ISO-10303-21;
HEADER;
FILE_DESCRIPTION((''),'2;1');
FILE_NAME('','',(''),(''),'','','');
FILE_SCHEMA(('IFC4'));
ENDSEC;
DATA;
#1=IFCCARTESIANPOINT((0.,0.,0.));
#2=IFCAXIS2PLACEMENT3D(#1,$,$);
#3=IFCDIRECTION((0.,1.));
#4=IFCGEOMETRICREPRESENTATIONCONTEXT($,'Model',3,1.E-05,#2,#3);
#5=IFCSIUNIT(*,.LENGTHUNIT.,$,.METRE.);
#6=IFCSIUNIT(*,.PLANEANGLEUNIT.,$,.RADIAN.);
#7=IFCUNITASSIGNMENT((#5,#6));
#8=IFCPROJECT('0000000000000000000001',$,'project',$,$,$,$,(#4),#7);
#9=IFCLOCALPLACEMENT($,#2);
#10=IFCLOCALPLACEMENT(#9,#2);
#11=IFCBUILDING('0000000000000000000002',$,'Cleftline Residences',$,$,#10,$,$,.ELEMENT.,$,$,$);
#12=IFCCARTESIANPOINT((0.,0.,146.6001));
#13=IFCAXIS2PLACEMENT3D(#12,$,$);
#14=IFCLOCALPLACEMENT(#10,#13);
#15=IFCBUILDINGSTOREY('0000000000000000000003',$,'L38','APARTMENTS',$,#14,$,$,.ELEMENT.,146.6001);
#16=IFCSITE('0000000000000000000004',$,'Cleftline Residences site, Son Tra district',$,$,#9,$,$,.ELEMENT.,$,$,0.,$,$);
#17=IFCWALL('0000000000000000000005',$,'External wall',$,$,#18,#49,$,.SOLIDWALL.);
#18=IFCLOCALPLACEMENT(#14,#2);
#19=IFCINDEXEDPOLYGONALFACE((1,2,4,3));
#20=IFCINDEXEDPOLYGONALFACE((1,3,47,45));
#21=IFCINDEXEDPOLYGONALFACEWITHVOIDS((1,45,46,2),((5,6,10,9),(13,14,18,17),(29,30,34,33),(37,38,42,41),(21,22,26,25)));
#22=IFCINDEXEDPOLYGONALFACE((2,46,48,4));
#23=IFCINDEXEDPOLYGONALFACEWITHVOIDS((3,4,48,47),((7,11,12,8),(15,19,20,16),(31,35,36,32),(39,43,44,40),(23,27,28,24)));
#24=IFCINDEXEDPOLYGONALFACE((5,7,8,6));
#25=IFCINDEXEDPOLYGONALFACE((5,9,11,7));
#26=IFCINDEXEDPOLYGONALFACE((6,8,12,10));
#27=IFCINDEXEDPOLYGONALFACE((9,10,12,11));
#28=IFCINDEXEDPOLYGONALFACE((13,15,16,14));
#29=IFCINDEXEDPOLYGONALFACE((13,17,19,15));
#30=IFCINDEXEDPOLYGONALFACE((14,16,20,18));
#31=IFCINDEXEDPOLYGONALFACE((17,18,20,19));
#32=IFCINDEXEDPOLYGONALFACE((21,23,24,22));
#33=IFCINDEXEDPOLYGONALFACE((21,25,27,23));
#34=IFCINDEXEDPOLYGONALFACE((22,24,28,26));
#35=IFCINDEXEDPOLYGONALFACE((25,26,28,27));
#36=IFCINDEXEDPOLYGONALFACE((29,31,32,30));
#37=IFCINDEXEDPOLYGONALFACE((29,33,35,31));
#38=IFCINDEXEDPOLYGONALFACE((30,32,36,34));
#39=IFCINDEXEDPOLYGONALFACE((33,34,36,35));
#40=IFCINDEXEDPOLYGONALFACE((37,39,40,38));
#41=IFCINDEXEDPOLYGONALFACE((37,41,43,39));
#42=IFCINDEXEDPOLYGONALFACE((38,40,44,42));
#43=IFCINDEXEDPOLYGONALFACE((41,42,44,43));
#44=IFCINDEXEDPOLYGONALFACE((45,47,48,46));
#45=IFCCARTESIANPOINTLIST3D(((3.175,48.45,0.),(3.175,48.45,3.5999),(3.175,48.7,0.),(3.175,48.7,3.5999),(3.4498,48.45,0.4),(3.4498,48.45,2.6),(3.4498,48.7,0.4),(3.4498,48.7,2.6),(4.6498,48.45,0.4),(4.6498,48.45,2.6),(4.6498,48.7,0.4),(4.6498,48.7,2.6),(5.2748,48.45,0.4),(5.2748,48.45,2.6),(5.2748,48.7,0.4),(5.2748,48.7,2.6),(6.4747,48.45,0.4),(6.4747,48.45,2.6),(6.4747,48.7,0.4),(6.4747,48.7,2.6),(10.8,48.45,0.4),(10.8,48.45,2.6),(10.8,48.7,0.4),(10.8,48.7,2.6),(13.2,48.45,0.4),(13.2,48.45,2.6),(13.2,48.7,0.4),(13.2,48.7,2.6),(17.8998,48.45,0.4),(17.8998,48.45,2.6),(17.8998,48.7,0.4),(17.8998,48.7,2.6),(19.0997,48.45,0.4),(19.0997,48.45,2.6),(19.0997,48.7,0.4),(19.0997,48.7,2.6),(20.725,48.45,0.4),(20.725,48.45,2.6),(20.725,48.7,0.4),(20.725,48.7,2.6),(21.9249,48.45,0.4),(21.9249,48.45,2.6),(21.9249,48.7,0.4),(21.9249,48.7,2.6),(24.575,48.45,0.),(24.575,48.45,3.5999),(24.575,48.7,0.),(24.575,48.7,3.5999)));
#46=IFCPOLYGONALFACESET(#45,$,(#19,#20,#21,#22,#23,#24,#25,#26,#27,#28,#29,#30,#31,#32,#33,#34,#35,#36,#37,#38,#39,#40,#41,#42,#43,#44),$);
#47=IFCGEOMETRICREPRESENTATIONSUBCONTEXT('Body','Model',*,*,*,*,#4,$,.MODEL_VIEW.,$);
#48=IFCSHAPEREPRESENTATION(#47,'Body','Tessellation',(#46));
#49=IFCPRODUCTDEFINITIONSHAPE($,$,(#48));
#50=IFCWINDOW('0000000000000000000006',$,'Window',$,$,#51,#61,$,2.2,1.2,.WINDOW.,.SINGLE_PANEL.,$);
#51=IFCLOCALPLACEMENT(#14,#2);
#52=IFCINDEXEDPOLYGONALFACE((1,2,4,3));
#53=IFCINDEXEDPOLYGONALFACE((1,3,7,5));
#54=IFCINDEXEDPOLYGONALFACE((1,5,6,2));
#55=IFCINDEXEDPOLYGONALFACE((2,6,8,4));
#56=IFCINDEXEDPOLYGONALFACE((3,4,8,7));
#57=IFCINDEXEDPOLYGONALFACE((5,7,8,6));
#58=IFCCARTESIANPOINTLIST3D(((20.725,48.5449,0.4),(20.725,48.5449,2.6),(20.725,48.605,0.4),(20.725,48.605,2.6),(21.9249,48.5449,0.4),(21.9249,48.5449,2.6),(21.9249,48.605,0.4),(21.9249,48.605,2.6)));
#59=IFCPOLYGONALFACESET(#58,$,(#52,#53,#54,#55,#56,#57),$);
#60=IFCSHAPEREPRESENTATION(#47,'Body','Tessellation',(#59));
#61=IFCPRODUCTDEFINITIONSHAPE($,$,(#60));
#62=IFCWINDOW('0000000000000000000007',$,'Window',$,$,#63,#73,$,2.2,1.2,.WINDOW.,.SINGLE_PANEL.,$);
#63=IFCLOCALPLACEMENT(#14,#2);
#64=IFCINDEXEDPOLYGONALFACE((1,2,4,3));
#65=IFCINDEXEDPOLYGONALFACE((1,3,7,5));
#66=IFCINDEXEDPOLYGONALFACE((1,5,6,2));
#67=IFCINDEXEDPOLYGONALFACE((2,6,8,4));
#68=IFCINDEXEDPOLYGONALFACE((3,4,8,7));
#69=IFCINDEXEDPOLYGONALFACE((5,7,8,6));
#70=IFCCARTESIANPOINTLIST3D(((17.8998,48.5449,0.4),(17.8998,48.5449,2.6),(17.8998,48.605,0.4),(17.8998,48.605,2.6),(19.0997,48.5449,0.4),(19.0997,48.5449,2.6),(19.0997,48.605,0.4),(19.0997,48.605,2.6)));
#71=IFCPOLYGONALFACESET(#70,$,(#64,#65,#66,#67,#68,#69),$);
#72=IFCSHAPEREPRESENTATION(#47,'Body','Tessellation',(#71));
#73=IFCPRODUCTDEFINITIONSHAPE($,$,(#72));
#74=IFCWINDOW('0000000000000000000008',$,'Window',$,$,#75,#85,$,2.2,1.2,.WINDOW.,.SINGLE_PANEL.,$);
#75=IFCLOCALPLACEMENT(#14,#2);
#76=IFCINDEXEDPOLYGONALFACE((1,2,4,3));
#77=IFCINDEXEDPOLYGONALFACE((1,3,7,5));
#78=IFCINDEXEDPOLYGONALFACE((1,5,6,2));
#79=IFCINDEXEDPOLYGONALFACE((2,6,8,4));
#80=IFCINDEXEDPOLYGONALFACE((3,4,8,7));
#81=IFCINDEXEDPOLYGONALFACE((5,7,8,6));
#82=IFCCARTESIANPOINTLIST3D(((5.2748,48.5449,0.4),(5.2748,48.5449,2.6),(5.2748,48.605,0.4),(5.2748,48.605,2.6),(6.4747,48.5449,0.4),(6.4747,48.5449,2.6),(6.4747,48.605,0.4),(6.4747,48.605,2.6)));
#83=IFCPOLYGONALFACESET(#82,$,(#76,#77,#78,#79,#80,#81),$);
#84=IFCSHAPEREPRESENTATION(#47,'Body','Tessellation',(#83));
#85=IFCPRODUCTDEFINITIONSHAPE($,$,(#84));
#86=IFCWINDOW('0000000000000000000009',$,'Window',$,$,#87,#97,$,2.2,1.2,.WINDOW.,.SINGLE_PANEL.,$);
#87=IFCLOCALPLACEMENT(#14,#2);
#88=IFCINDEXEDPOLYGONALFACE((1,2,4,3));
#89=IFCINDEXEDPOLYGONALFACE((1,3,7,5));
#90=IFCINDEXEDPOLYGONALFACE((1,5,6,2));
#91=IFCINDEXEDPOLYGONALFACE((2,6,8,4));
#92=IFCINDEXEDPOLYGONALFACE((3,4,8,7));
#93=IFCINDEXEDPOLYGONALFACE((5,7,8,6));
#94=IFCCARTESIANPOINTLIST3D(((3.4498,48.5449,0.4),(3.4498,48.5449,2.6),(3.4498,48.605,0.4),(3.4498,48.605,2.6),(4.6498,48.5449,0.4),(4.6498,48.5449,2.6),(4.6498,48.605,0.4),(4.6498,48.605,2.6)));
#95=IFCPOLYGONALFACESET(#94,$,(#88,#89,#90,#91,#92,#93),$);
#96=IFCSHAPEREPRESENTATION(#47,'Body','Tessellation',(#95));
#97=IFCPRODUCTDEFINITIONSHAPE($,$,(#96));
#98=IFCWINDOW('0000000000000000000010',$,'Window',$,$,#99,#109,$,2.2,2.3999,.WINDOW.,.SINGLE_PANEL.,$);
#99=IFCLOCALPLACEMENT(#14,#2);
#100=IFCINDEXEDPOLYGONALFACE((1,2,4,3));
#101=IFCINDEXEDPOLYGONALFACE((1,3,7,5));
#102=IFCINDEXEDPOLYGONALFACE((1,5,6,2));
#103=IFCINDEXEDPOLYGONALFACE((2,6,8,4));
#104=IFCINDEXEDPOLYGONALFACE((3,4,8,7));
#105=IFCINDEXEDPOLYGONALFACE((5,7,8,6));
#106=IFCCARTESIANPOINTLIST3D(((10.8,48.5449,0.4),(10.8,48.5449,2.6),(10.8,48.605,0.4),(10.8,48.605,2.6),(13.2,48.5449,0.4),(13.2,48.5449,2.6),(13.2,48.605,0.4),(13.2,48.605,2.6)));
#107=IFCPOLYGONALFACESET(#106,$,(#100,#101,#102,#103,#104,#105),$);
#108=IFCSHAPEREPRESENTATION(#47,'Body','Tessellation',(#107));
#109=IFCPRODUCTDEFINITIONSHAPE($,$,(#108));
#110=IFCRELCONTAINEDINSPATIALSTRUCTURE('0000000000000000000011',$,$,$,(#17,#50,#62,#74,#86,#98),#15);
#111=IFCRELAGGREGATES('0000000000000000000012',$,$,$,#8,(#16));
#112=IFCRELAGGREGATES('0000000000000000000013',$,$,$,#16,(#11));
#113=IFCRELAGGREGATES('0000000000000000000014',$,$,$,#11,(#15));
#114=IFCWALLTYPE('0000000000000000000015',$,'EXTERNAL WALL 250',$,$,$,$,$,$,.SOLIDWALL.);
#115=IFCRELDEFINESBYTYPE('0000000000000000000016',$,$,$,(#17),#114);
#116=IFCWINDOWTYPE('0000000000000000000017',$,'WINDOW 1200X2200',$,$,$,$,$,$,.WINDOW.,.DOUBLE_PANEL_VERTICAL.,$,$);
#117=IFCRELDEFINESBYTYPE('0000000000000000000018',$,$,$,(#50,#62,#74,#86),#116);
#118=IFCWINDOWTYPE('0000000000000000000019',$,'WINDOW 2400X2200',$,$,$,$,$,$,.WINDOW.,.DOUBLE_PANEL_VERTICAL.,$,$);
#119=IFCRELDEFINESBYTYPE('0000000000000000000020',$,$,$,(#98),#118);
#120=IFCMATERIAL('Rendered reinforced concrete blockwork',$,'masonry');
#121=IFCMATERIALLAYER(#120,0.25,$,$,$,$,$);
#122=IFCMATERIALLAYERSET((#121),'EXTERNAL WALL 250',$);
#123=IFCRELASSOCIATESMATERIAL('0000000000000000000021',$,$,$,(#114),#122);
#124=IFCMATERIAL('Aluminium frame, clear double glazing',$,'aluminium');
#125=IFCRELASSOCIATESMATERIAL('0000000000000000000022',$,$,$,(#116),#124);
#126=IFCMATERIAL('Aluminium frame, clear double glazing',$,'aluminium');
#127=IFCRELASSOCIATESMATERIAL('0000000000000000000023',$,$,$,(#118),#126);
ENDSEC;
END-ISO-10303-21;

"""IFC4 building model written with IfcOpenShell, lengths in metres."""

from ifc_helpers import new_model, si_unit, direction, frame, frame_2d, origin, place, context, subcontext, project, spatial, rectangle, extrude, material, layer, layer_set, type_object, element, fill, save


model = new_model("IFC4")

# Units and contexts
model_context = context("Model", 3, precision=1e-05, world=origin(), true_north=direction((0.0, 1.0)))
body_context = subcontext(model_context, "Body", "Model", "MODEL_VIEW")
ifc_project = project(units=[si_unit("LENGTHUNIT", "METRE"), si_unit("PLANEANGLEUNIT", "RADIAN")], contexts=[model_context])

# Site, building, storey
site_placement = place(None, origin())
site = spatial("IfcSite", under=ifc_project, at=site_placement, Name="Cleftline Residences site, Son Tra district", CompositionType="ELEMENT", RefElevation=0.0)
building_placement = place(site_placement, origin())
building = spatial("IfcBuilding", under=site, at=building_placement, Name="Cleftline Residences", CompositionType="ELEMENT")
storey_placement = place(building_placement, frame((0.0, 0.0, 146.6001)))
storey = spatial("IfcBuildingStorey", under=building, at=storey_placement, Name="L38", Description="APARTMENTS", CompositionType="ELEMENT", Elevation=146.6001)

# Wall, openings, windows
ifc_material_1 = material(Name="Rendered reinforced concrete blockwork", Category="masonry")
ifc_layer_1 = layer(ifc_material_1, 0.25)
ifc_layer_set_1 = layer_set([ifc_layer_1], Name="EXTERNAL WALL 250")
wall_type = type_object("IfcWallType", Name="EXTERNAL WALL 250", PredefinedType="SOLIDWALL", material=ifc_layer_set_1)
wall_placement = place(storey_placement, frame((24.575, 48.575, 0.0), z_axis=(0.0, 0.0, 1.0), x_axis=(-1.0, 0.0, 0.0)))
wall = element("IfcWall", 1, at=wall_placement, inside=storey, type_object=wall_type, Name="External wall", PredefinedType="SOLIDWALL", context=body_context, shape_type="SweptSolid", body=[
    extrude(rectangle(XDim=21.3999, YDim=0.25, at=frame_2d((10.7, 0.0))), origin(), (0.0, 0.0, 1.0), 3.5999),
])
opening_1_placement = place(wall_placement, frame((2.6499, 0.0, 0.3999)))
opening_1 = element("IfcOpeningElement", 2, at=opening_1_placement, cuts=wall, PredefinedType="OPENING", context=body_context, shape_type="SweptSolid", body=[
    extrude(rectangle(XDim=1.2, YDim=2.2, at=frame_2d((0.6001, 1.1001))), frame((0.0, 0.135, 0.0), z_axis=(0.0, -1.0, 0.0), x_axis=(1.0, 0.0, 0.0)), (0.0, 0.0, 1.0), 0.27),
])
opening_2_placement = place(wall_placement, frame((5.4751, 0.0, 0.3999)))
opening_2 = element("IfcOpeningElement", 3, at=opening_2_placement, cuts=wall, PredefinedType="OPENING", context=body_context, shape_type="SweptSolid", body=[
    extrude(rectangle(XDim=1.2, YDim=2.2, at=frame_2d((0.6001, 1.1001))), frame((0.0, 0.135, 0.0), z_axis=(0.0, -1.0, 0.0), x_axis=(1.0, 0.0, 0.0)), (0.0, 0.0, 1.0), 0.27),
])
opening_3_placement = place(wall_placement, frame((11.375, 0.0, 0.3999)))
opening_3 = element("IfcOpeningElement", 4, at=opening_3_placement, cuts=wall, PredefinedType="OPENING", context=body_context, shape_type="SweptSolid", body=[
    extrude(rectangle(XDim=2.3999, YDim=2.2, at=frame_2d((1.2, 1.1001))), frame((0.0, 0.135, 0.0), z_axis=(0.0, -1.0, 0.0), x_axis=(1.0, 0.0, 0.0)), (0.0, 0.0, 1.0), 0.27),
])
opening_4_placement = place(wall_placement, frame((18.1001, 0.0, 0.3999)))
opening_4 = element("IfcOpeningElement", 5, at=opening_4_placement, cuts=wall, PredefinedType="OPENING", context=body_context, shape_type="SweptSolid", body=[
    extrude(rectangle(XDim=1.2, YDim=2.2, at=frame_2d((0.6001, 1.1001))), frame((0.0, 0.135, 0.0), z_axis=(0.0, -1.0, 0.0), x_axis=(1.0, 0.0, 0.0)), (0.0, 0.0, 1.0), 0.27),
])
opening_5_placement = place(wall_placement, frame((19.925, 0.0, 0.3999)))
opening_5 = element("IfcOpeningElement", 6, at=opening_5_placement, cuts=wall, PredefinedType="OPENING", context=body_context, shape_type="SweptSolid", body=[
    extrude(rectangle(XDim=1.2, YDim=2.2, at=frame_2d((0.6001, 1.1001))), frame((0.0, 0.135, 0.0), z_axis=(0.0, -1.0, 0.0), x_axis=(1.0, 0.0, 0.0)), (0.0, 0.0, 1.0), 0.27),
])
ifc_material_2 = material(Name="Aluminium frame, clear double glazing", Category="aluminium")
window_type_1 = type_object("IfcWindowType", Name="WINDOW 1200X2200", PartitioningType="DOUBLE_PANEL_VERTICAL", PredefinedType="WINDOW", material=ifc_material_2)
window_1_placement = place(opening_1_placement, origin())
window_1 = element("IfcWindow", 7, at=window_1_placement, inside=storey, type_object=window_type_1, Name="Window", OverallHeight=2.2, OverallWidth=1.2, PartitioningType="SINGLE_PANEL", PredefinedType="WINDOW", context=body_context, shape_type="SweptSolid", body=[
    extrude(rectangle(XDim=1.2, YDim=2.2, at=frame_2d((0.6001, 1.1001))), frame((0.0, 0.03, 0.0), z_axis=(0.0, -1.0, 0.0), x_axis=(1.0, 0.0, 0.0)), (0.0, 0.0, 1.0), 0.0601),
])
fill(opening_1, window_1)
window_2_placement = place(opening_2_placement, origin())
window_2 = element("IfcWindow", 8, at=window_2_placement, inside=storey, type_object=window_type_1, Name="Window", OverallHeight=2.2, OverallWidth=1.2, PartitioningType="SINGLE_PANEL", PredefinedType="WINDOW", context=body_context, shape_type="SweptSolid", body=[
    extrude(rectangle(XDim=1.2, YDim=2.2, at=frame_2d((0.6001, 1.1001))), frame((0.0, 0.03, 0.0), z_axis=(0.0, -1.0, 0.0), x_axis=(1.0, 0.0, 0.0)), (0.0, 0.0, 1.0), 0.0601),
])
fill(opening_2, window_2)
window_3_placement = place(opening_4_placement, origin())
window_3 = element("IfcWindow", 9, at=window_3_placement, inside=storey, type_object=window_type_1, Name="Window", OverallHeight=2.2, OverallWidth=1.2, PartitioningType="SINGLE_PANEL", PredefinedType="WINDOW", context=body_context, shape_type="SweptSolid", body=[
    extrude(rectangle(XDim=1.2, YDim=2.2, at=frame_2d((0.6001, 1.1001))), frame((0.0, 0.03, 0.0), z_axis=(0.0, -1.0, 0.0), x_axis=(1.0, 0.0, 0.0)), (0.0, 0.0, 1.0), 0.0601),
])
fill(opening_4, window_3)
window_4_placement = place(opening_5_placement, origin())
window_4 = element("IfcWindow", 10, at=window_4_placement, inside=storey, type_object=window_type_1, Name="Window", OverallHeight=2.2, OverallWidth=1.2, PartitioningType="SINGLE_PANEL", PredefinedType="WINDOW", context=body_context, shape_type="SweptSolid", body=[
    extrude(rectangle(XDim=1.2, YDim=2.2, at=frame_2d((0.6001, 1.1001))), frame((0.0, 0.03, 0.0), z_axis=(0.0, -1.0, 0.0), x_axis=(1.0, 0.0, 0.0)), (0.0, 0.0, 1.0), 0.0601),
])
fill(opening_5, window_4)
ifc_material_3 = material(Name="Aluminium frame, clear double glazing", Category="aluminium")
window_type_2 = type_object("IfcWindowType", Name="WINDOW 2400X2200", PartitioningType="DOUBLE_PANEL_VERTICAL", PredefinedType="WINDOW", material=ifc_material_3)
window_5_placement = place(opening_3_placement, origin())
window_5 = element("IfcWindow", 11, at=window_5_placement, inside=storey, type_object=window_type_2, Name="Window", OverallHeight=2.2, OverallWidth=2.3999, PartitioningType="SINGLE_PANEL", PredefinedType="WINDOW", context=body_context, shape_type="SweptSolid", body=[
    extrude(rectangle(XDim=2.3999, YDim=2.2, at=frame_2d((1.2, 1.1001))), frame((0.0, 0.03, 0.0), z_axis=(0.0, -1.0, 0.0), x_axis=(1.0, 0.0, 0.0)), (0.0, 0.0, 1.0), 0.0601),
])
fill(opening_3, window_5)

save(model, "model.ifc")
